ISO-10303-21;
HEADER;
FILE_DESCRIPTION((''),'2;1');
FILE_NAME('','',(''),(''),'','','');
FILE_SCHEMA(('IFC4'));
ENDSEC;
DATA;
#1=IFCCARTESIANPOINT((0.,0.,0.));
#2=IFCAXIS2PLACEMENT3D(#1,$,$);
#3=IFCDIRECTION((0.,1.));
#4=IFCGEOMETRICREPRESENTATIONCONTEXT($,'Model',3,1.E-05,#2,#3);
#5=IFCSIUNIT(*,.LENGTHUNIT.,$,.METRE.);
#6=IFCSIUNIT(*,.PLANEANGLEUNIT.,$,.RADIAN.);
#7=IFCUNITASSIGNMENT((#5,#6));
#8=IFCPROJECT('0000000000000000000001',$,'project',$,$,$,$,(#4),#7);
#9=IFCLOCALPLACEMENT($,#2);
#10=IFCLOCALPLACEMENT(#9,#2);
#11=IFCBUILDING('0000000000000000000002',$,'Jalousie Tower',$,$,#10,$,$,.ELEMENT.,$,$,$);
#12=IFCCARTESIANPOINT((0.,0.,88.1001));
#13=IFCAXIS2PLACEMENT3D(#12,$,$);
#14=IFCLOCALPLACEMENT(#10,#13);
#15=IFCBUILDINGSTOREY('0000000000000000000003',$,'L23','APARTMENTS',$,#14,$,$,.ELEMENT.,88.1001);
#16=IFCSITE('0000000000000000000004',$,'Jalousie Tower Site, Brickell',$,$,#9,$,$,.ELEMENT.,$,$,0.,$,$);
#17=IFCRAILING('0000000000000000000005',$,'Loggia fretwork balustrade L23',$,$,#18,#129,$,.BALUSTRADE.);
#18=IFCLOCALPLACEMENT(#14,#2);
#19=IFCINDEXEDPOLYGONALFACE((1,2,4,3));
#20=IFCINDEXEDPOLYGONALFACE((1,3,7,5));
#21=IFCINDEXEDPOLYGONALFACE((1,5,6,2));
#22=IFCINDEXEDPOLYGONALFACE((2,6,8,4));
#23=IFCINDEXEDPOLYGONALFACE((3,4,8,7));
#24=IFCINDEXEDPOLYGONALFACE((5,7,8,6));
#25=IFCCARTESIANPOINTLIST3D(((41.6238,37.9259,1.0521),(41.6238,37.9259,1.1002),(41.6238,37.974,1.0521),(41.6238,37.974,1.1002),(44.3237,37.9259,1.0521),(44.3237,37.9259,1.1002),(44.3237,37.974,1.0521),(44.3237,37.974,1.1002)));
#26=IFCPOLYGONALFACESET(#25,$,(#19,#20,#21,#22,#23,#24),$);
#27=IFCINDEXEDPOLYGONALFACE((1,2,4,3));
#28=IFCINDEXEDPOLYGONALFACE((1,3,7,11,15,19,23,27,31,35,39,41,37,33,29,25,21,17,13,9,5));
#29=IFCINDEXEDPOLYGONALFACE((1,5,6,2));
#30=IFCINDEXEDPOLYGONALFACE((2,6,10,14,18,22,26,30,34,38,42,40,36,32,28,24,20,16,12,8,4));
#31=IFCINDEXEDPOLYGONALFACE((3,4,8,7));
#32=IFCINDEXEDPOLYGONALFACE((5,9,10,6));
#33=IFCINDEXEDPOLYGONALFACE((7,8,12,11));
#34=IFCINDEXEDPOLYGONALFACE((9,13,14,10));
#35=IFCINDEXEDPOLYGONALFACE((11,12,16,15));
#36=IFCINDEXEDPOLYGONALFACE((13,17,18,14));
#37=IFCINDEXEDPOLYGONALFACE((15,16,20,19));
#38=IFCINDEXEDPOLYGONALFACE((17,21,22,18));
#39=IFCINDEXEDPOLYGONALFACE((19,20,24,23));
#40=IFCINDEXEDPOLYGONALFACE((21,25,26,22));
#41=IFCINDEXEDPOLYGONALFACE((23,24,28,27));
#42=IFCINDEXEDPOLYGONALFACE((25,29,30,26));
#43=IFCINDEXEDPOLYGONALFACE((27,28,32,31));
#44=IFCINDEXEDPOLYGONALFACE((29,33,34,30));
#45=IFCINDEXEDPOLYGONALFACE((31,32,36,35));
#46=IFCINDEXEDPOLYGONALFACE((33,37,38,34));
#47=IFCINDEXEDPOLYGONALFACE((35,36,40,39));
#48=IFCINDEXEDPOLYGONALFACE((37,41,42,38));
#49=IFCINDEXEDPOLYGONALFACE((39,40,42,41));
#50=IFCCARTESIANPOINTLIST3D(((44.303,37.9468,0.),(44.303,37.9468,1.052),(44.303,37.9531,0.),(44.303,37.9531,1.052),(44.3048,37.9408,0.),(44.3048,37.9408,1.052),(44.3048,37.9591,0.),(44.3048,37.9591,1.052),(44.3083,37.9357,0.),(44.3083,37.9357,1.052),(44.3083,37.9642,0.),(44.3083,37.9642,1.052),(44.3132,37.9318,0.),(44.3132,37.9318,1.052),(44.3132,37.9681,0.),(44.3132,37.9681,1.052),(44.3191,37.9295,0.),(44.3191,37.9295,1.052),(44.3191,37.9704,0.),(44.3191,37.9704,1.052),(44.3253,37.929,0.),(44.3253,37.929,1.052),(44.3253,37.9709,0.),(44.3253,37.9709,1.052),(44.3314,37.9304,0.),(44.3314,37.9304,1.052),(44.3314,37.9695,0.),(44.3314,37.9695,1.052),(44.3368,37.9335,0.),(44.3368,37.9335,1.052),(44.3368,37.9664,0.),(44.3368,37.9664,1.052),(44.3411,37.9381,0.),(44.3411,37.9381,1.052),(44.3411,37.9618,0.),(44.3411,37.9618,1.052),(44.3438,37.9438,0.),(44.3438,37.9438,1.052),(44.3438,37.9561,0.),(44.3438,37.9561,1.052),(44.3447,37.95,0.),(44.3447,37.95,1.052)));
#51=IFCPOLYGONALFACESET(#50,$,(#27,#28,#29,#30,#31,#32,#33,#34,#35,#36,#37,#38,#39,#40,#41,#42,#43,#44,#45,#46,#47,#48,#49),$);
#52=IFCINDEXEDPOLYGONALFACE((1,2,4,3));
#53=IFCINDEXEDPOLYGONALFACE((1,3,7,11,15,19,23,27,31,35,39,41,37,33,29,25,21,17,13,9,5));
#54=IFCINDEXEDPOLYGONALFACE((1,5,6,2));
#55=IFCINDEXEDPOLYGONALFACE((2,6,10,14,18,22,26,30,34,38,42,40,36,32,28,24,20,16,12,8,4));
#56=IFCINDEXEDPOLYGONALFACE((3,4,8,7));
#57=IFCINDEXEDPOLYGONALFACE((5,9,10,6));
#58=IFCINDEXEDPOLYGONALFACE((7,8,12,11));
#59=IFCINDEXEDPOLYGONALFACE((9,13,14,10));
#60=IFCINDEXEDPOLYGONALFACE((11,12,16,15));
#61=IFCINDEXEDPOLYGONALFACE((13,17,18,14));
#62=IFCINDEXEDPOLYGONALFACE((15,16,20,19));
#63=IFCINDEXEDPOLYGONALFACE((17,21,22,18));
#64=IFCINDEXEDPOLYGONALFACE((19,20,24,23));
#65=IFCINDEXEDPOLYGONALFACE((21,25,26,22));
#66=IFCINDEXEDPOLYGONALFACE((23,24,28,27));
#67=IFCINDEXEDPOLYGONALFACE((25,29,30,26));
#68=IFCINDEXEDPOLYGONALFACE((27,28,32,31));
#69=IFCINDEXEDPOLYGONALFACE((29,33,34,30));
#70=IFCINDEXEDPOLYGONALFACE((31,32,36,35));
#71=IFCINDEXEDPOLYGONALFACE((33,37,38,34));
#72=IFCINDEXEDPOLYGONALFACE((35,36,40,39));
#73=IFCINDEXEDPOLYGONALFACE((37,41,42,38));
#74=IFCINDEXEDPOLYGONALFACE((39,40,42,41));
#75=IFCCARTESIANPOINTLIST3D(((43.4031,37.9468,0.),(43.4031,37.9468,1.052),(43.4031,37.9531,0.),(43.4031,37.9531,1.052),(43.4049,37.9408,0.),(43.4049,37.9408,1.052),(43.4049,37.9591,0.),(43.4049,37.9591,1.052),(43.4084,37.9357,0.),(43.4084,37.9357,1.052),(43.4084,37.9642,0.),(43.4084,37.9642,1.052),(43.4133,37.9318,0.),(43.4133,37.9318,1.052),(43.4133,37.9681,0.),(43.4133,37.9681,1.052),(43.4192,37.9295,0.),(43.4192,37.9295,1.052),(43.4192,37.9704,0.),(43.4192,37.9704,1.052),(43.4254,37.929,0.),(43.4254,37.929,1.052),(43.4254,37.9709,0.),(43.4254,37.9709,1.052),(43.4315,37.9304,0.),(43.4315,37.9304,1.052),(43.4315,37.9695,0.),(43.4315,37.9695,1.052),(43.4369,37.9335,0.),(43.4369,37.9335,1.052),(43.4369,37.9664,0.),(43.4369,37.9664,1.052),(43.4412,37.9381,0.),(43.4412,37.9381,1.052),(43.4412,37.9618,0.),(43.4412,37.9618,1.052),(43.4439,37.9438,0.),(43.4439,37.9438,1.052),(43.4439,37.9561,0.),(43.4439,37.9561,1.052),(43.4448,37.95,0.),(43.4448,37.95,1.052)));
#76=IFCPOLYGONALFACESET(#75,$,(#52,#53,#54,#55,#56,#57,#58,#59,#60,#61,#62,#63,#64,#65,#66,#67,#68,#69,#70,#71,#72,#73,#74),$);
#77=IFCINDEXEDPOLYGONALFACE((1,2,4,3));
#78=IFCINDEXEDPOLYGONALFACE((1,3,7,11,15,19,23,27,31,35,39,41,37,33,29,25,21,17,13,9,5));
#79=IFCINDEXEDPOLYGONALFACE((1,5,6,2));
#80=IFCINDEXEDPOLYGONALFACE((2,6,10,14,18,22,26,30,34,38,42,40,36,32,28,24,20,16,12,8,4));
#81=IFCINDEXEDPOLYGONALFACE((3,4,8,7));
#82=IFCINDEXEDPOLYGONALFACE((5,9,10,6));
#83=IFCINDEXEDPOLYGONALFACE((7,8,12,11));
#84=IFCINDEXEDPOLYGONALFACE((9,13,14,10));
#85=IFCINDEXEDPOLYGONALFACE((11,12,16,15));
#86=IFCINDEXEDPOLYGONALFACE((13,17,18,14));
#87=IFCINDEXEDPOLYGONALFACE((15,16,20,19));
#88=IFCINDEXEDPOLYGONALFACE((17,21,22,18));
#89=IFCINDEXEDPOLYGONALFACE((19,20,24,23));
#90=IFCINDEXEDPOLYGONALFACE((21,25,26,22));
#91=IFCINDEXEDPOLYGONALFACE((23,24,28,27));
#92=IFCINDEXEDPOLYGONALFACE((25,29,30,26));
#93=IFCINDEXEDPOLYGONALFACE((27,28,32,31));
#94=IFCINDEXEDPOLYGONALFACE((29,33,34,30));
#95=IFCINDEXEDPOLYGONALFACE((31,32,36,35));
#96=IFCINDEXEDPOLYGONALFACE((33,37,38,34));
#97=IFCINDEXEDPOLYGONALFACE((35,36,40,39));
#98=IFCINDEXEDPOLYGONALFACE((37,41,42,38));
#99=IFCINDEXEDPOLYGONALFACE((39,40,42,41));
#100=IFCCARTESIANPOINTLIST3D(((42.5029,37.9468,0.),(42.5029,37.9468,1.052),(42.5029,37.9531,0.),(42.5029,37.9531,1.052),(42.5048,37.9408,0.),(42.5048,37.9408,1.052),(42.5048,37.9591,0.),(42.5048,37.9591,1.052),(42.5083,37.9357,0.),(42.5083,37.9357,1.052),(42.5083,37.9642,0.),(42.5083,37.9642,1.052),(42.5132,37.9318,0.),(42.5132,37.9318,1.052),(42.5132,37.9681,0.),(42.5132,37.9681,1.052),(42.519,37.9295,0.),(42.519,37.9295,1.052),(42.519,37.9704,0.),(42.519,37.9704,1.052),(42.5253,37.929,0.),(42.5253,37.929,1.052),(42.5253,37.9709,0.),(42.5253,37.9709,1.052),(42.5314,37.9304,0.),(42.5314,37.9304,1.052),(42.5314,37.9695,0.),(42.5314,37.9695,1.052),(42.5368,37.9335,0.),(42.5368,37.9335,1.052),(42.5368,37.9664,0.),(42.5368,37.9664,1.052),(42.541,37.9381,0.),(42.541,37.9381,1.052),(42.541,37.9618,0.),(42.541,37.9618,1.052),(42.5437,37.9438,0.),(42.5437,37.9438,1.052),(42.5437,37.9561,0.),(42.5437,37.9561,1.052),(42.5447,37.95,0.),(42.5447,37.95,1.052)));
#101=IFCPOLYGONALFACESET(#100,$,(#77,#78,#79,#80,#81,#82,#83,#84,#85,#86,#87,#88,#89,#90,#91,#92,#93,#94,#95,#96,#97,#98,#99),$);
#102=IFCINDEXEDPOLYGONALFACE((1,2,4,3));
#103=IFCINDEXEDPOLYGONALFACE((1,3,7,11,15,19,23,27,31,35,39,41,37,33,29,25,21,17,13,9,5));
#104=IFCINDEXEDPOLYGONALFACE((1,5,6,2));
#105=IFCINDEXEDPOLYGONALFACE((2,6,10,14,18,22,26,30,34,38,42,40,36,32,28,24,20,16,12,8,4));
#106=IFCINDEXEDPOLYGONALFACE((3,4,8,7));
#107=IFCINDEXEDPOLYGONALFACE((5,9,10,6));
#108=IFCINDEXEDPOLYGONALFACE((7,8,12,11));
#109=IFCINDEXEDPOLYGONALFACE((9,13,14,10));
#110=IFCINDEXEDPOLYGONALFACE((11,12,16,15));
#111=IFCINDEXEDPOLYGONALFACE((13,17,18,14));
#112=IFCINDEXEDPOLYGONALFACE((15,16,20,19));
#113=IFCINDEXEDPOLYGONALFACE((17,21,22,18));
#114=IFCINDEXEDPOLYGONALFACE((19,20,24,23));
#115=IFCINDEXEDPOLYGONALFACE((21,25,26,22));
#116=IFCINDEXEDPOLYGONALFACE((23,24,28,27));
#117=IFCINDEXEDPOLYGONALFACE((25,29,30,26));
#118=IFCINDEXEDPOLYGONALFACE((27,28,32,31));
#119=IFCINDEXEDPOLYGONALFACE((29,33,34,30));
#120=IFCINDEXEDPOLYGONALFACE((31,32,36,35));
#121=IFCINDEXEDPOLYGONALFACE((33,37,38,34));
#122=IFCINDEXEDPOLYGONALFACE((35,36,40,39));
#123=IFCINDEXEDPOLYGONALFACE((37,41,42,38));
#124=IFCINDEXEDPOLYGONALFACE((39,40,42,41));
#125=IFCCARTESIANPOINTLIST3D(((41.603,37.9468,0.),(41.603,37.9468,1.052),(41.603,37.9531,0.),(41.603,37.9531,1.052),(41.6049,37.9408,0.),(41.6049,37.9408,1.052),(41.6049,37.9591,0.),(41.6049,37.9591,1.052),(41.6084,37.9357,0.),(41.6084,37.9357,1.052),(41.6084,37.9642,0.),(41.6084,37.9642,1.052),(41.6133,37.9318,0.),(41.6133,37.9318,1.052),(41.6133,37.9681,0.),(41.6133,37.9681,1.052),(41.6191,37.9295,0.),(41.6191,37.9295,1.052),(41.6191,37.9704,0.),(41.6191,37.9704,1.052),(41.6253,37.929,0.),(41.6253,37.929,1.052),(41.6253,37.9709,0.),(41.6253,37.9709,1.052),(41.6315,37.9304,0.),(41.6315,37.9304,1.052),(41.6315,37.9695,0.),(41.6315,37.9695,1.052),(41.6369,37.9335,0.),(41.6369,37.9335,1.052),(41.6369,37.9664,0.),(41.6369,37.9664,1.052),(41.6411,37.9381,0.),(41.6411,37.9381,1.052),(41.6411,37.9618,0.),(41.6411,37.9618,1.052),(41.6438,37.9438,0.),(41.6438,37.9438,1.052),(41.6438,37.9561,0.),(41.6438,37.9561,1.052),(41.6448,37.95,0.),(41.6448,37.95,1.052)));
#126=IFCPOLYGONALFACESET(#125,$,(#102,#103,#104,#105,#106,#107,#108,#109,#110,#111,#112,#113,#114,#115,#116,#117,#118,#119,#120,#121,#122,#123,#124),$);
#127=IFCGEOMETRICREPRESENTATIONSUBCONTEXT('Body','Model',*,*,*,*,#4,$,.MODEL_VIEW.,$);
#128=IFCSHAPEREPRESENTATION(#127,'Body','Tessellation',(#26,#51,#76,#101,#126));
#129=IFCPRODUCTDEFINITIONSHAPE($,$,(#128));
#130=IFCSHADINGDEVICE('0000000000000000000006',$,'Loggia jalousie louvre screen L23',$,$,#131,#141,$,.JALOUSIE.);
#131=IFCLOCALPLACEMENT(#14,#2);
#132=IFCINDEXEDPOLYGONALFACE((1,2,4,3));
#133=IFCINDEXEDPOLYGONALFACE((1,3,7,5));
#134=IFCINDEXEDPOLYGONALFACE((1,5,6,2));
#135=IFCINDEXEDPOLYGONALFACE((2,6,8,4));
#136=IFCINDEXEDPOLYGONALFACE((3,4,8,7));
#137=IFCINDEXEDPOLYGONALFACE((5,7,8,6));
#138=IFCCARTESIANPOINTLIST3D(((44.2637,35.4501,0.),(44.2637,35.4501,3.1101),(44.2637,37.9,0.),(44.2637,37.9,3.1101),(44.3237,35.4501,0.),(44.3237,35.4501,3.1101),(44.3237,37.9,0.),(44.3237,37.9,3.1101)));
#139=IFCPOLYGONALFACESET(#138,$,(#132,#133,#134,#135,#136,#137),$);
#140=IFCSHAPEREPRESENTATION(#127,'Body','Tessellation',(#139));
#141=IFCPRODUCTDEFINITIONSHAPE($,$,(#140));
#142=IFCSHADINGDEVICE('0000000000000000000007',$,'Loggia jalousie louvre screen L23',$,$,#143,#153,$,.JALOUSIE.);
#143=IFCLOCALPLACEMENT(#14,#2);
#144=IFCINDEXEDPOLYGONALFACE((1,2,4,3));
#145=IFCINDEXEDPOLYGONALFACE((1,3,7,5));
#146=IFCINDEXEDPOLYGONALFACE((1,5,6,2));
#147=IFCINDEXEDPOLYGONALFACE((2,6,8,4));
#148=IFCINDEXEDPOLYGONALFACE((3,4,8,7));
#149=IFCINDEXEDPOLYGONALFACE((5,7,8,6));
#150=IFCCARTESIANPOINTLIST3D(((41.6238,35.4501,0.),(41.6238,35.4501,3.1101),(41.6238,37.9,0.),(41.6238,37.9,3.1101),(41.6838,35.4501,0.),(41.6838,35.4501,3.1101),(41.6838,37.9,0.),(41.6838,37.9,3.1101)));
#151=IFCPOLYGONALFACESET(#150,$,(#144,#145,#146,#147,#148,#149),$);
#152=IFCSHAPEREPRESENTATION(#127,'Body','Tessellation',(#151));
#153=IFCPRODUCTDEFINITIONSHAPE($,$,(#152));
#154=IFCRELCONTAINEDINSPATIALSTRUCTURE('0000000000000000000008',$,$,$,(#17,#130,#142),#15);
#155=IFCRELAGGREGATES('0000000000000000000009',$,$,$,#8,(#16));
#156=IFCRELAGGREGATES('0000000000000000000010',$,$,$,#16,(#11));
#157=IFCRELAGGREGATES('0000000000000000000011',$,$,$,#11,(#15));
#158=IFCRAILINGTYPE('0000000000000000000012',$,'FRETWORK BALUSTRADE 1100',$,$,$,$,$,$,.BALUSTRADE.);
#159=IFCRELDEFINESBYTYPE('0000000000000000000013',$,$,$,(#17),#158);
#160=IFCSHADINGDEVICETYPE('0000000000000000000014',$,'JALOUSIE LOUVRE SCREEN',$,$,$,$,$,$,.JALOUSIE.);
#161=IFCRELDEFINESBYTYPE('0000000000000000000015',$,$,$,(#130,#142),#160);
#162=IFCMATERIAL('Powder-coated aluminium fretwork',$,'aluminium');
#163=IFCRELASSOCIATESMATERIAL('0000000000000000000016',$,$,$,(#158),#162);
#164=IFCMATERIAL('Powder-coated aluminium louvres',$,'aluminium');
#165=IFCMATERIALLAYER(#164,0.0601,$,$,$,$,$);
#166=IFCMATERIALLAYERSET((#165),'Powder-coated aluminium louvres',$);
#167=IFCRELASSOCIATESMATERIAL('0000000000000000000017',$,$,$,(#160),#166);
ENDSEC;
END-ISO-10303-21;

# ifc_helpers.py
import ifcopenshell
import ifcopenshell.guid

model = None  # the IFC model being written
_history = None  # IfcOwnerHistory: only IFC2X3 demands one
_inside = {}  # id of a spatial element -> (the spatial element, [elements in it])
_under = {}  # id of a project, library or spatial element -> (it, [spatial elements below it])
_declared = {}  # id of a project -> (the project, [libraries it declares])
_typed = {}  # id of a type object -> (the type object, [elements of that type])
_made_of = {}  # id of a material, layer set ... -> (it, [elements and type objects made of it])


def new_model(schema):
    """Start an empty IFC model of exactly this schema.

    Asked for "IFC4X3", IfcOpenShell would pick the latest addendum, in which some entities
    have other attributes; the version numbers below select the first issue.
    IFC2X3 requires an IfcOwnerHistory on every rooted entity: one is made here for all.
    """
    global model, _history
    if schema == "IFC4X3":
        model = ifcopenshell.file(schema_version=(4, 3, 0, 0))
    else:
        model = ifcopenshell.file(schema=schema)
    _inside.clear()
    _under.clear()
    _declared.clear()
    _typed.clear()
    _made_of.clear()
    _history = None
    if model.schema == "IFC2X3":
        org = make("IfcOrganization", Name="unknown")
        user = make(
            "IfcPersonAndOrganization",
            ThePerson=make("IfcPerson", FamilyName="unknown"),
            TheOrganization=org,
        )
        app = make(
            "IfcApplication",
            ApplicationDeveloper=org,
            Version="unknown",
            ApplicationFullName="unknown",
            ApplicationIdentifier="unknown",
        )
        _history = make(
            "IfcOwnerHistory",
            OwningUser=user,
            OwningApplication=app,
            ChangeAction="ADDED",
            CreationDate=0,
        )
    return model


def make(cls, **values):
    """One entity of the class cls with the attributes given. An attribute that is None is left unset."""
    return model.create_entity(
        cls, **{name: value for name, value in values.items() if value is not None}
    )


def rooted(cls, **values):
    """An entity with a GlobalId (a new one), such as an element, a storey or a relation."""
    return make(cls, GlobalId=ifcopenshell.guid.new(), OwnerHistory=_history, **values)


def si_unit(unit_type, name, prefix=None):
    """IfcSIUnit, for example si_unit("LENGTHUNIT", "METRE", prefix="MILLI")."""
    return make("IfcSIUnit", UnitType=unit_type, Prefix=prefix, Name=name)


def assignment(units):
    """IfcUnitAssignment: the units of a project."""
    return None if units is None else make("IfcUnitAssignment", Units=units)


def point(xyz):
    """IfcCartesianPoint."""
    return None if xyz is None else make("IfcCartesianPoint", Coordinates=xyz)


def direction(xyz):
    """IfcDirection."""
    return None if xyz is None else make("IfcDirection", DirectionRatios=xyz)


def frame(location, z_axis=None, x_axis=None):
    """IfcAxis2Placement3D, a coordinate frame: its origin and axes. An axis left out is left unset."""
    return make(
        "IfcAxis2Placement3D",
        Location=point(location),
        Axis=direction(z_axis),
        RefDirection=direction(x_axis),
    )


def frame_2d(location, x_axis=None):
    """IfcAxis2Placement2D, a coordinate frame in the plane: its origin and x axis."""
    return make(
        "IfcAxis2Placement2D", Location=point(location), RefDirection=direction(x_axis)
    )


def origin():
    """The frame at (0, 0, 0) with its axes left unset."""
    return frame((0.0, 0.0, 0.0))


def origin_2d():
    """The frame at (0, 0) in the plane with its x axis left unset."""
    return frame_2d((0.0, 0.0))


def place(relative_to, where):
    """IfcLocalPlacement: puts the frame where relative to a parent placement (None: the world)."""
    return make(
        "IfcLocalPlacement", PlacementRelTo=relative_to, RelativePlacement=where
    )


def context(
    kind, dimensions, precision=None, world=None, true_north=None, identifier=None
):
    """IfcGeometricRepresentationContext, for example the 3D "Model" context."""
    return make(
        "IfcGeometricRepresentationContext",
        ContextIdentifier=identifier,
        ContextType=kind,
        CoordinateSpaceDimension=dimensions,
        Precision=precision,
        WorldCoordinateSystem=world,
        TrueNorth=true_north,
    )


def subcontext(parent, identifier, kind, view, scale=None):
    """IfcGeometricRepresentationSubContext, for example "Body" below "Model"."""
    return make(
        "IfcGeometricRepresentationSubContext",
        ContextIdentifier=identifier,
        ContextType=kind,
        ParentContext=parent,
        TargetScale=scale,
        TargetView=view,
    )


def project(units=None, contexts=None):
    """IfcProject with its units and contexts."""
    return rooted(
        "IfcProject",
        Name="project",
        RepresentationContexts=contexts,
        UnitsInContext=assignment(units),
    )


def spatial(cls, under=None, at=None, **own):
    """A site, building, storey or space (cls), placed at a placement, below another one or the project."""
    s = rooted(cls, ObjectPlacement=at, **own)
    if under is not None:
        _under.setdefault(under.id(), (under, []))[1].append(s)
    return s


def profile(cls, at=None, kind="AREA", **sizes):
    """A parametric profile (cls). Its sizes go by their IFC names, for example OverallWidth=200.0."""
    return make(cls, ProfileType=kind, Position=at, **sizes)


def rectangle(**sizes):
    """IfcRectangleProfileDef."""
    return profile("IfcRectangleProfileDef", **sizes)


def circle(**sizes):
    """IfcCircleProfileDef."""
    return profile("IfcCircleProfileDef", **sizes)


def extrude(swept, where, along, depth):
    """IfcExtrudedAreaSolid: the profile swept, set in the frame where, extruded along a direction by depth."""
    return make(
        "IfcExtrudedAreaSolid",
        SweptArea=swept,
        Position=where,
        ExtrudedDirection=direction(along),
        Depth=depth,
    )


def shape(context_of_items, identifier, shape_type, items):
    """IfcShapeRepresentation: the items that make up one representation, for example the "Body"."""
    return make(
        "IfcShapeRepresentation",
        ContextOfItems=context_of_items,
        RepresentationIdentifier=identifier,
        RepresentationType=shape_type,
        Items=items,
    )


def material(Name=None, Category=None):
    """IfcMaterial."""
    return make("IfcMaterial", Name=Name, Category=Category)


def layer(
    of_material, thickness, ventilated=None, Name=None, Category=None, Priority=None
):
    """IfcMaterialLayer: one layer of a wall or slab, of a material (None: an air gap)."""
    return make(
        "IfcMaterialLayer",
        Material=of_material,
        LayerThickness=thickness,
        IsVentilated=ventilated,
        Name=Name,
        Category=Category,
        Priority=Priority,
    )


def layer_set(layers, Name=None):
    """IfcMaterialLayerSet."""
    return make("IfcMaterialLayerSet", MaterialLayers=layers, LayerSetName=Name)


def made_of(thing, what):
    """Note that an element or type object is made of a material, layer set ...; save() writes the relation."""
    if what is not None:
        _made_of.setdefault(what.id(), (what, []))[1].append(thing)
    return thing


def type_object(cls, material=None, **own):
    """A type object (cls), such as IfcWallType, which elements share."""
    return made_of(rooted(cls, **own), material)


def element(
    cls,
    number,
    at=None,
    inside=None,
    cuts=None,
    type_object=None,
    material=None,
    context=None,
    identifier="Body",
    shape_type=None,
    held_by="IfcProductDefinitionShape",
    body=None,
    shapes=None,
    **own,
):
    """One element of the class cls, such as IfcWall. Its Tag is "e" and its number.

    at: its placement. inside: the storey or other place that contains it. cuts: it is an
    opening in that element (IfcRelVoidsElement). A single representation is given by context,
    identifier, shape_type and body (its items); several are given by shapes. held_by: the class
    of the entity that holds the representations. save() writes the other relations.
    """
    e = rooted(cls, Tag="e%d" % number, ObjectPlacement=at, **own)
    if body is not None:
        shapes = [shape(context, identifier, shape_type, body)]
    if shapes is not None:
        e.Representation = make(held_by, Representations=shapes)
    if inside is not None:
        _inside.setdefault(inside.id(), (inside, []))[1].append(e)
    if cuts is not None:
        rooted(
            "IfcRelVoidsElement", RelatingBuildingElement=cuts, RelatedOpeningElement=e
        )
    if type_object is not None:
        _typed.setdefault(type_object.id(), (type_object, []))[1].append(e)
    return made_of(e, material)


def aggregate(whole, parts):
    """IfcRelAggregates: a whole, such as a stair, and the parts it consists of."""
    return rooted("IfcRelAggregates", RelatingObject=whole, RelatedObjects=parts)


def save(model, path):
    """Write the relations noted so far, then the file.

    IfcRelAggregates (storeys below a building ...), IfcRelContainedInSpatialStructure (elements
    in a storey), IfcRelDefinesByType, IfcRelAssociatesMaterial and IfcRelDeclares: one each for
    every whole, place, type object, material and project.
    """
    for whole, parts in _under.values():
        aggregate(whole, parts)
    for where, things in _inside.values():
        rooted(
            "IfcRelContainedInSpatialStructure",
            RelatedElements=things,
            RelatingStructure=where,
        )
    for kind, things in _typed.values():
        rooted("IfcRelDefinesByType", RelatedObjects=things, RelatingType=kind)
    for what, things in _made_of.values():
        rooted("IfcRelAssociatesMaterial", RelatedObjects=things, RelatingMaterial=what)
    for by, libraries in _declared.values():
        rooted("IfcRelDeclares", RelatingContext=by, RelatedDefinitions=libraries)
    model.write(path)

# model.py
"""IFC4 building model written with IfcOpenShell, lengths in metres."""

from ifc_helpers import new_model, si_unit, direction, frame, origin, origin_2d, place, context, subcontext, project, spatial, rectangle, circle, extrude, material, layer, layer_set, type_object, element, save


model = new_model("IFC4")

# Units and contexts
model_context = context("Model", 3, precision=1e-05, world=origin(), true_north=direction((0.0, 1.0)))
body_context = subcontext(model_context, "Body", "Model", "MODEL_VIEW")
ifc_project = project(units=[si_unit("LENGTHUNIT", "METRE"), si_unit("PLANEANGLEUNIT", "RADIAN")], contexts=[model_context])

# Site, building, storey
site_placement = place(None, origin())
site = spatial("IfcSite", under=ifc_project, at=site_placement, Name="Jalousie Tower Site, Brickell", CompositionType="ELEMENT", RefElevation=0.0)
building_placement = place(site_placement, origin())
building = spatial("IfcBuilding", under=site, at=building_placement, Name="Jalousie Tower", CompositionType="ELEMENT")
storey_placement = place(building_placement, frame((0.0, 0.0, 88.1001)))
storey = spatial("IfcBuildingStorey", under=building, at=storey_placement, Name="L23", Description="APARTMENTS", CompositionType="ELEMENT", Elevation=88.1001)

# Railing
ifc_material_1 = material(Name="Powder-coated aluminium fretwork", Category="aluminium")
railing_type = type_object("IfcRailingType", Name="FRETWORK BALUSTRADE 1100", PredefinedType="BALUSTRADE", material=ifc_material_1)
railing_placement = place(storey_placement, frame((44.3237, 37.95, 0.0)))
element("IfcRailing", 1, at=railing_placement, inside=storey, type_object=railing_type, Name="Loggia fretwork balustrade L23", PredefinedType="BALUSTRADE", context=body_context, shape_type="SweptSolid", body=[
    extrude(rectangle(XDim=0.0481, YDim=0.0481, at=origin_2d()), frame((0.0, 0.0, 1.0762), z_axis=(-1.0, 0.0, 0.0), x_axis=(0.0, -1.0, 0.0)), (0.0, 0.0, 1.0), 2.7),
    extrude(circle(Radius=0.021, at=origin_2d()), origin(), (0.0, 0.0, 1.0), 1.052),
    extrude(circle(Radius=0.021, at=origin_2d()), frame((-0.8999, 0.0, 0.0)), (0.0, 0.0, 1.0), 1.052),
    extrude(circle(Radius=0.021, at=origin_2d()), frame((-1.8, 0.0, 0.0)), (0.0, 0.0, 1.0), 1.052),
    extrude(circle(Radius=0.021, at=origin_2d()), frame((-2.7, 0.0, 0.0)), (0.0, 0.0, 1.0), 1.052),
])

# Shading devices
ifc_material_2 = material(Name="Powder-coated aluminium louvres", Category="aluminium")
ifc_layer_1 = layer(ifc_material_2, 0.0601)
ifc_layer_set_1 = layer_set([ifc_layer_1], Name="Powder-coated aluminium louvres")
shading_device_type_1 = type_object("IfcShadingDeviceType", Name="JALOUSIE LOUVRE SCREEN", PredefinedType="JALOUSIE", material=ifc_layer_set_1)
for number, where, z_axis, x_axis, name in (
    (2, (44.2937, 36.675, 0.0), (0.0, 0.0, 1.0), (-1.0, 0.0, 0.0), "Loggia jalousie louvre screen L23"),
    (3, (41.6538, 36.675, 0.0), (0.0, 0.0, 1.0), (-1.0, 0.0, 0.0), "Loggia jalousie louvre screen L23"),
):
    element("IfcShadingDevice", number, at=place(storey_placement, frame(where, z_axis=z_axis, x_axis=x_axis)), inside=storey, type_object=shading_device_type_1, Name=name, PredefinedType="JALOUSIE", context=body_context, shape_type="SweptSolid", body=[
        extrude(rectangle(XDim=0.0601, YDim=2.45, at=origin_2d()), origin(), (0.0, 0.0, 1.0), 3.1101),
    ])

save(model, "model.ifc")
